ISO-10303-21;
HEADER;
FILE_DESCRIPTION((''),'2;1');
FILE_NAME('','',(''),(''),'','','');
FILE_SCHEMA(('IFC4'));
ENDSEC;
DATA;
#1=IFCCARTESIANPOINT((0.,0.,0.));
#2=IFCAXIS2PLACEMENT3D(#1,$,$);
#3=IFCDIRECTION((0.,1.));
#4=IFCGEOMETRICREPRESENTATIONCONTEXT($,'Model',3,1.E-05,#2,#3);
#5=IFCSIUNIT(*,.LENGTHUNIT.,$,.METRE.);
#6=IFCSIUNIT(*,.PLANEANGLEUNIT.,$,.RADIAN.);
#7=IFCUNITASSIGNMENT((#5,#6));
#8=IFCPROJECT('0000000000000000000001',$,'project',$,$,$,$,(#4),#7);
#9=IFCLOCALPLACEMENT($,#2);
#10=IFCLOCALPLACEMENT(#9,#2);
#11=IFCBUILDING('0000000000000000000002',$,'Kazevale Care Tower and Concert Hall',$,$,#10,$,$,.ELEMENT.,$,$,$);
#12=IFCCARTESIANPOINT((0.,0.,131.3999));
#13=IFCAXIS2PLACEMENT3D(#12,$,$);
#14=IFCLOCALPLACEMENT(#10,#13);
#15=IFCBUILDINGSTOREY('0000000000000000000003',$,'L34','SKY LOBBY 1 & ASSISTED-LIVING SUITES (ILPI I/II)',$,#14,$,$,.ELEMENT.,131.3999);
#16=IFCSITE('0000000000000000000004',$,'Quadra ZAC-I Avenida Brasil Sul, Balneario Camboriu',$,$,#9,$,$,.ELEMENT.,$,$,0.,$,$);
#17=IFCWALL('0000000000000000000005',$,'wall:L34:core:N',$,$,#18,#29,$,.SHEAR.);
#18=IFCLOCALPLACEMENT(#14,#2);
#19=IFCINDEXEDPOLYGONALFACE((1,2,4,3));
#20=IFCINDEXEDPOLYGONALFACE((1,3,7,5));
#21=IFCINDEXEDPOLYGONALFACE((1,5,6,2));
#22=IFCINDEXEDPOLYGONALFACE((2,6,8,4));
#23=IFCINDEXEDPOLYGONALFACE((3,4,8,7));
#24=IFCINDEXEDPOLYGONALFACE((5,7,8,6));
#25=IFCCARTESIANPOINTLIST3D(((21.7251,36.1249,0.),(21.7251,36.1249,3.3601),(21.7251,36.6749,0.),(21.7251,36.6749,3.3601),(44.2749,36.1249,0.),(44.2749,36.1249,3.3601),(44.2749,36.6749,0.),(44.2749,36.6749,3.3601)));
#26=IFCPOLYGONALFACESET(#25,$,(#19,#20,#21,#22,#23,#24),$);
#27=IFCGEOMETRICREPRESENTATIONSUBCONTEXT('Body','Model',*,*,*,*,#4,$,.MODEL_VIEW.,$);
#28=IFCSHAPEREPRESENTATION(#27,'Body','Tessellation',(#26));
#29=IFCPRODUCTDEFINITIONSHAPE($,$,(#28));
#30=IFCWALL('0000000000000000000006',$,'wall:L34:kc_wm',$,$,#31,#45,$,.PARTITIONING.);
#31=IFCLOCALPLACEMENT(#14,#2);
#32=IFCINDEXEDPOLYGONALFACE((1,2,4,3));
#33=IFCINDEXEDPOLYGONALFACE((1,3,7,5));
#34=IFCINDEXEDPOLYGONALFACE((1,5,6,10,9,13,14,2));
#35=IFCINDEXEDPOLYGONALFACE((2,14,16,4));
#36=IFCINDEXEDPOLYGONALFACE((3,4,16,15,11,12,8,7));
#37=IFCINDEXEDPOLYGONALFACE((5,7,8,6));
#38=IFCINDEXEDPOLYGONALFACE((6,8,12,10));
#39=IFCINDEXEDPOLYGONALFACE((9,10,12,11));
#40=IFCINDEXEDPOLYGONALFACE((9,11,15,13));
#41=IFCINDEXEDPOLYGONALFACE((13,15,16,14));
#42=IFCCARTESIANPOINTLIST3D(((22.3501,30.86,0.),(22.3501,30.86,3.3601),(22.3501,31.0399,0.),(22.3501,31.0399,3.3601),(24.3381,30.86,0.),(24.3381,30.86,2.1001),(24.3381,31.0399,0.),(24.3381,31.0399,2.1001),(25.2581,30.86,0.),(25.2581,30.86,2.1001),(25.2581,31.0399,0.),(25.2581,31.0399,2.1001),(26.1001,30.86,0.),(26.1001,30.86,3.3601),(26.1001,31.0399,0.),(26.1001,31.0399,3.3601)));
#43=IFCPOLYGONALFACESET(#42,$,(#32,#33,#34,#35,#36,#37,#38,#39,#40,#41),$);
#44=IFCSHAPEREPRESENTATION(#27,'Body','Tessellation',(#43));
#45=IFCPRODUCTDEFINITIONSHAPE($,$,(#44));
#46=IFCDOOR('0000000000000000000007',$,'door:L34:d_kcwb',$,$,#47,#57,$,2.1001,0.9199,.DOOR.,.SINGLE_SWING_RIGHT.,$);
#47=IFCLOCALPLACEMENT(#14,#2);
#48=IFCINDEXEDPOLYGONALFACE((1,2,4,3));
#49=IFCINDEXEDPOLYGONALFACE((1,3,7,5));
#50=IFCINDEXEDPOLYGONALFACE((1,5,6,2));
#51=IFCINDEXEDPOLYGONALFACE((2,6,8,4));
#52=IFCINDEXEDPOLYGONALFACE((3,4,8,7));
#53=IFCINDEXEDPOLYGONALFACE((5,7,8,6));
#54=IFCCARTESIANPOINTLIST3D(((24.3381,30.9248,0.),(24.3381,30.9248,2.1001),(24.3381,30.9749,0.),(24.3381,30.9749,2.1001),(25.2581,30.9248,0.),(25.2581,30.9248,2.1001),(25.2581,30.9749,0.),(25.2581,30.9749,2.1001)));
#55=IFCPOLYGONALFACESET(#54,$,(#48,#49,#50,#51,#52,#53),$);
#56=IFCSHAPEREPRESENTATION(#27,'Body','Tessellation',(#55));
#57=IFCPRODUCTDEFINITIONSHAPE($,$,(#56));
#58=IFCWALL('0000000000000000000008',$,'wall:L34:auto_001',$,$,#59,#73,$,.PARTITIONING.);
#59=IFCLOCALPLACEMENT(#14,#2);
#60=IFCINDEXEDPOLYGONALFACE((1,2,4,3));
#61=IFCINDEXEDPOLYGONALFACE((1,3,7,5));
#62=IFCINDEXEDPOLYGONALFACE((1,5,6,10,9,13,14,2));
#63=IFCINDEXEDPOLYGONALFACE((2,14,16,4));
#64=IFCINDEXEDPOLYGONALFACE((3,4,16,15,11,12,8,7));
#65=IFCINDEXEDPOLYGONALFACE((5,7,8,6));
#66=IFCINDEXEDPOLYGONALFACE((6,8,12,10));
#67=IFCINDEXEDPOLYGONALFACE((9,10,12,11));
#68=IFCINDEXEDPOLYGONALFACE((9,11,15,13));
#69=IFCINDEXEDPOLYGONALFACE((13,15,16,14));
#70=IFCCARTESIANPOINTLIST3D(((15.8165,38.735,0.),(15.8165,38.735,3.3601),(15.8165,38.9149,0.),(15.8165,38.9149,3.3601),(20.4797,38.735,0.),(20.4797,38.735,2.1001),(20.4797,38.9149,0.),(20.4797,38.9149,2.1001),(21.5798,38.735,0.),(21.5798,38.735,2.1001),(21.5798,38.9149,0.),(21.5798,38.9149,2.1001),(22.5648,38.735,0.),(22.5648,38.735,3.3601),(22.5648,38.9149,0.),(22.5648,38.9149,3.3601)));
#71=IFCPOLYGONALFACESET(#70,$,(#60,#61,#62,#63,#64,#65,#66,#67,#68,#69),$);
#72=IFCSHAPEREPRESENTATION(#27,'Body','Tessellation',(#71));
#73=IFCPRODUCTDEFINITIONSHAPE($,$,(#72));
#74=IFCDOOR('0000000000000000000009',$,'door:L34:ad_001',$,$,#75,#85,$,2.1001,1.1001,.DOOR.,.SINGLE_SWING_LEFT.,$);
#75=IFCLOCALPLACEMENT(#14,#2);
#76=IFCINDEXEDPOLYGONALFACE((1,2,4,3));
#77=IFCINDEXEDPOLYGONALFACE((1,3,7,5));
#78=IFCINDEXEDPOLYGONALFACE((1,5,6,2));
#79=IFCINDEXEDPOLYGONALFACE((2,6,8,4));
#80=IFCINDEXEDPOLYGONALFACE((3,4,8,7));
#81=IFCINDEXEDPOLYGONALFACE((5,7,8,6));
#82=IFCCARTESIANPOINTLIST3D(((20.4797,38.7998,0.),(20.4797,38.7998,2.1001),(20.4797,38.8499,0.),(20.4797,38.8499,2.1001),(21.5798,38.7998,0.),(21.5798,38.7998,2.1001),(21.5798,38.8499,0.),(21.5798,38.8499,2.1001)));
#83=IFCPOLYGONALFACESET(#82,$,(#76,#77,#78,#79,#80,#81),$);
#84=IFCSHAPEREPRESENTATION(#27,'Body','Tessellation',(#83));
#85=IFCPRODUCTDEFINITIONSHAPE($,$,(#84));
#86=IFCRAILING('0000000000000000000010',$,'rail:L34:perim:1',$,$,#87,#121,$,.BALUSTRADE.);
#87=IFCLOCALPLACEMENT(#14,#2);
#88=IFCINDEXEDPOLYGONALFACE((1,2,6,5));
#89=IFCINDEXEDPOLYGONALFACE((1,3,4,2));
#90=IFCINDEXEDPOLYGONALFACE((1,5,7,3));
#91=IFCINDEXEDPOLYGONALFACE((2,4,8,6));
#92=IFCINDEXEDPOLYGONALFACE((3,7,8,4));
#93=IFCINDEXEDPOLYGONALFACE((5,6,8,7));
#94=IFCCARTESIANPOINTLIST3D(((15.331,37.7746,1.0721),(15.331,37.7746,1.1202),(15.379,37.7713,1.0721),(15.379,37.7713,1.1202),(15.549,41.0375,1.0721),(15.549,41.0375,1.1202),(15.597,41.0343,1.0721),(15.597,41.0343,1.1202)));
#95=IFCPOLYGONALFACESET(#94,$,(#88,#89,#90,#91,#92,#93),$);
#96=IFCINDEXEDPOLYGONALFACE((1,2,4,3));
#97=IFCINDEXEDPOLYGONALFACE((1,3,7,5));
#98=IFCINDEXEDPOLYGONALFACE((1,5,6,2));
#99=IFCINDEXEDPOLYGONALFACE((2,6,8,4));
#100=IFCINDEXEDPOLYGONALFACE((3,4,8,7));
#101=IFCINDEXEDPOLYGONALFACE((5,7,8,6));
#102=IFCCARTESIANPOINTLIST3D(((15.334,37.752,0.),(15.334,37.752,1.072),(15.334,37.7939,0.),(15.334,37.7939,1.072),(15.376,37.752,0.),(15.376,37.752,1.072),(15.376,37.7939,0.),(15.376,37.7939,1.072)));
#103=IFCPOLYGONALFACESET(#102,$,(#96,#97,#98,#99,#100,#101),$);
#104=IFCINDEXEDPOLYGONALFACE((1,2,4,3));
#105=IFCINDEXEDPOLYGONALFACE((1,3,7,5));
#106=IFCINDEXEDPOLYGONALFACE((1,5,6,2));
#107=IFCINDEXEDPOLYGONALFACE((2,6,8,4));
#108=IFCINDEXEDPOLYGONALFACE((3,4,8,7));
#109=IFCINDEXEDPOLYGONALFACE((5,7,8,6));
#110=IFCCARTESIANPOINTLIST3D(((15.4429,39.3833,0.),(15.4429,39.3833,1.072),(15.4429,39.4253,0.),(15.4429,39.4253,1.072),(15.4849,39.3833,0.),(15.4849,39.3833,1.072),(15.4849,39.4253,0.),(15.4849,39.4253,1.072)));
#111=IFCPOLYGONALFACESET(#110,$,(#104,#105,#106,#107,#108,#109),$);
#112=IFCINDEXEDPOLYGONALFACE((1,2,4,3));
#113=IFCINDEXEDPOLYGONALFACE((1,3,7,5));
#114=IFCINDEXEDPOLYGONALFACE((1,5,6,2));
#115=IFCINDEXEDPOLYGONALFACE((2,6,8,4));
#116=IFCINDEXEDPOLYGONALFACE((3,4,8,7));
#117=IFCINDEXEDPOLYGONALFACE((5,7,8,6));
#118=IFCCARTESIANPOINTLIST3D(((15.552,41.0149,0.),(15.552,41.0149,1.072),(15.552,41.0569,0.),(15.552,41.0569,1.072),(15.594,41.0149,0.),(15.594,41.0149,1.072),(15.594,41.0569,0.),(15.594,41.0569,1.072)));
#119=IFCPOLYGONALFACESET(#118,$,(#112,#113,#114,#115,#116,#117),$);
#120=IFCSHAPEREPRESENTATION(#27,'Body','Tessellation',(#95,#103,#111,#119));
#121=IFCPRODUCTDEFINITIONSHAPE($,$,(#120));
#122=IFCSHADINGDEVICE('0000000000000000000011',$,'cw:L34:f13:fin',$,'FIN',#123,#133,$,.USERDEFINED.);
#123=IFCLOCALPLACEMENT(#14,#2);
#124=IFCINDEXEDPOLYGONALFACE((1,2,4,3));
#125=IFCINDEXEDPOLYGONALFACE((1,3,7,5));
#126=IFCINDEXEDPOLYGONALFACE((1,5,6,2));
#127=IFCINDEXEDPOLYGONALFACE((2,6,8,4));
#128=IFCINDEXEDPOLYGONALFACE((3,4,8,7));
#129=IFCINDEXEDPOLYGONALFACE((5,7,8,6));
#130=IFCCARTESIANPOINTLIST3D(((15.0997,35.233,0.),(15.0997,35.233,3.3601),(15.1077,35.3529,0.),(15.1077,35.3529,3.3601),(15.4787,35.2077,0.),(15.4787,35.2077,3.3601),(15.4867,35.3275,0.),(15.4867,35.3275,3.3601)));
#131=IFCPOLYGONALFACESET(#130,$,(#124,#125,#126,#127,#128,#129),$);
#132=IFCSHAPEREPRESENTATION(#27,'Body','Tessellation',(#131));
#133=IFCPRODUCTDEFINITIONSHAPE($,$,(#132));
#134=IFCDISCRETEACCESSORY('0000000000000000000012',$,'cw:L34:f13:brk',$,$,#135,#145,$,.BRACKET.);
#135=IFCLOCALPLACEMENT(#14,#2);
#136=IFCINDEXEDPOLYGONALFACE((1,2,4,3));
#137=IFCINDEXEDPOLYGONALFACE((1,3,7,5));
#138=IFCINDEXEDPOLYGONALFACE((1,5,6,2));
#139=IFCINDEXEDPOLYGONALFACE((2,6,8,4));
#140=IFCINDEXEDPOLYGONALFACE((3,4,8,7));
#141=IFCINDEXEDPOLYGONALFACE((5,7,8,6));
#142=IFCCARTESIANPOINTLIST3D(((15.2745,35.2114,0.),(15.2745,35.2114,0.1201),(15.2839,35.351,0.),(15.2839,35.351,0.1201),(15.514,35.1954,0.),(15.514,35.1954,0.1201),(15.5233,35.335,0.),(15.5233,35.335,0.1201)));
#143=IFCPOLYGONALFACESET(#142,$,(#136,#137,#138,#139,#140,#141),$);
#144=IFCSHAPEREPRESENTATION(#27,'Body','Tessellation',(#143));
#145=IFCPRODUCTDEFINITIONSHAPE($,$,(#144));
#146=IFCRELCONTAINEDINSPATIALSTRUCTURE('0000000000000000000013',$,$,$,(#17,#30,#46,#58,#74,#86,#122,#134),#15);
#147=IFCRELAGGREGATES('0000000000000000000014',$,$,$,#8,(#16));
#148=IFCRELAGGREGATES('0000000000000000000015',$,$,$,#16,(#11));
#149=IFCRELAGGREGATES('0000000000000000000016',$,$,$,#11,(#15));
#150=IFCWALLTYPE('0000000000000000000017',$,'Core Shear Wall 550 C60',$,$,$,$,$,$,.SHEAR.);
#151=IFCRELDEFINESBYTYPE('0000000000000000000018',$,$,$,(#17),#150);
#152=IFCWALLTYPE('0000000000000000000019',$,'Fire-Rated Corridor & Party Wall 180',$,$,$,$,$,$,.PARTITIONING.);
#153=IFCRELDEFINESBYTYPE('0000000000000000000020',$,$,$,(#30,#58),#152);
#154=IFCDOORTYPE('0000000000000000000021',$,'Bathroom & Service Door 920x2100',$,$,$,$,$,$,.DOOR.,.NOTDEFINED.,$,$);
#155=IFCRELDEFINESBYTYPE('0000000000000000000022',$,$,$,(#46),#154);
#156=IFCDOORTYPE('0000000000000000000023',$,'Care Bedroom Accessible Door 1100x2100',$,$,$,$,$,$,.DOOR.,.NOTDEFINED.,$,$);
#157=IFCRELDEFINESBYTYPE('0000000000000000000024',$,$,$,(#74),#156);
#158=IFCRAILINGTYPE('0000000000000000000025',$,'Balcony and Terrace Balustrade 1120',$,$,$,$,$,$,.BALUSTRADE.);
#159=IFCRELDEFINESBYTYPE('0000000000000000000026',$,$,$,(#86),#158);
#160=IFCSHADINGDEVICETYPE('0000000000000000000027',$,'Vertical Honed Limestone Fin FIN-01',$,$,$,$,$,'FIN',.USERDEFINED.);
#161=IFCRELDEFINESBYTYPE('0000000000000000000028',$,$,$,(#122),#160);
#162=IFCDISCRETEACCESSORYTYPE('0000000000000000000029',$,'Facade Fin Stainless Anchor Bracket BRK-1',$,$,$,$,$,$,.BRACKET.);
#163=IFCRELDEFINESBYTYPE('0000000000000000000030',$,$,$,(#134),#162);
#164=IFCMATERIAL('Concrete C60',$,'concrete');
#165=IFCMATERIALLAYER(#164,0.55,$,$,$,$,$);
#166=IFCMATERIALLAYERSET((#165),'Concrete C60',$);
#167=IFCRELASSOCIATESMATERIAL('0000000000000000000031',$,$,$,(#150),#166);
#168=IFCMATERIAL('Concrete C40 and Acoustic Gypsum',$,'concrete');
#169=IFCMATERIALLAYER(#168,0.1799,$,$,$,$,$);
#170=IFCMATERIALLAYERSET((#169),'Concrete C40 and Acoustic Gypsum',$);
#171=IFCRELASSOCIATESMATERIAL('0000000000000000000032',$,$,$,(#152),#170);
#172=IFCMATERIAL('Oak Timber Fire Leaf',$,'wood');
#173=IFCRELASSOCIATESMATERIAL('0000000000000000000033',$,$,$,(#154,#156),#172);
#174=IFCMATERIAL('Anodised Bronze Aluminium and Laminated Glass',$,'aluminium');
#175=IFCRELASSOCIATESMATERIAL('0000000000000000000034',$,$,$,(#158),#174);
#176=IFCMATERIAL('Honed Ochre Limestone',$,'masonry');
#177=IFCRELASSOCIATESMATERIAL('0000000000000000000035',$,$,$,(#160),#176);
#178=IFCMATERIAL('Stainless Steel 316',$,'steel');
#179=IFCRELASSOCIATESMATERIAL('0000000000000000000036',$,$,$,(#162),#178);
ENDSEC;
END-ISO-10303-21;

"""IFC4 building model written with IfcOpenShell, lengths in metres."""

from ifc_helpers import new_model, si_unit, direction, frame, frame_2d, origin, origin_2d, place, context, subcontext, project, spatial, rectangle, extrude, material, layer, layer_set, type_object, element, fill, save


model = new_model("IFC4")

# Units and contexts
model_context = context("Model", 3, precision=1e-05, world=origin(), true_north=direction((0.0, 1.0)))
body_context = subcontext(model_context, "Body", "Model", "MODEL_VIEW")
ifc_project = project(units=[si_unit("LENGTHUNIT", "METRE"), si_unit("PLANEANGLEUNIT", "RADIAN")], contexts=[model_context])

# Site, building, storey
site_placement = place(None, origin())
site = spatial("IfcSite", under=ifc_project, at=site_placement, Name="Quadra ZAC-I Avenida Brasil Sul, Balneario Camboriu", CompositionType="ELEMENT", RefElevation=0.0)
building_placement = place(site_placement, origin())
building = spatial("IfcBuilding", under=site, at=building_placement, Name="Kazevale Care Tower and Concert Hall", CompositionType="ELEMENT")
storey_placement = place(building_placement, frame((0.0, 0.0, 131.3999)))
storey = spatial("IfcBuildingStorey", under=building, at=storey_placement, Name="L34", Description="SKY LOBBY 1 & ASSISTED-LIVING SUITES (ILPI I/II)", CompositionType="ELEMENT", Elevation=131.3999)

# Shared definitions
ifc_material_1 = material(Name="Concrete C60", Category="concrete")

# Wall
ifc_layer_1 = layer(ifc_material_1, 0.55)
ifc_layer_set_1 = layer_set([ifc_layer_1], Name="Concrete C60")
wall_type_1 = type_object("IfcWallType", Name="Core Shear Wall 550 C60", PredefinedType="SHEAR", material=ifc_layer_set_1)
wall_1_placement = place(storey_placement, frame((21.7251, 36.3999, 0.0), z_axis=(0.0, 0.0, 1.0), x_axis=(1.0, 0.0, 0.0)))
element("IfcWall", 1, at=wall_1_placement, inside=storey, type_object=wall_type_1, Name="wall:L34:core:N", PredefinedType="SHEAR", context=body_context, shape_type="SweptSolid", body=[
    extrude(rectangle(XDim=22.5498, YDim=0.55, at=frame_2d((11.2749, 0.0))), origin(), (0.0, 0.0, 1.0), 3.3601),
])

# Walls, openings, doors
ifc_material_2 = material(Name="Concrete C40 and Acoustic Gypsum", Category="concrete")
ifc_layer_2 = layer(ifc_material_2, 0.1799)
ifc_layer_set_2 = layer_set([ifc_layer_2], Name="Concrete C40 and Acoustic Gypsum")
wall_type_2 = type_object("IfcWallType", Name="Fire-Rated Corridor & Party Wall 180", PredefinedType="PARTITIONING", material=ifc_layer_set_2)
wall_2_placement = place(storey_placement, frame((22.3501, 30.95, 0.0), z_axis=(0.0, 0.0, 1.0), x_axis=(1.0, 0.0, 0.0)))
wall_2 = element("IfcWall", 2, at=wall_2_placement, inside=storey, type_object=wall_type_2, Name="wall:L34:kc_wm", PredefinedType="PARTITIONING", context=body_context, shape_type="SweptSolid", body=[
    extrude(rectangle(XDim=3.75, YDim=0.1799, at=frame_2d((1.875, 0.0))), origin(), (0.0, 0.0, 1.0), 3.3601),
])
opening_1_placement = place(wall_2_placement, frame((1.988, 0.0, 0.0)))
opening_1 = element("IfcOpeningElement", 3, at=opening_1_placement, cuts=wall_2, PredefinedType="OPENING", context=body_context, shape_type="SweptSolid", body=[
    extrude(rectangle(XDim=0.9199, YDim=2.1001, at=frame_2d((0.46, 1.05))), frame((0.0, 0.0999, 0.0), z_axis=(0.0, -1.0, 0.0), x_axis=(1.0, 0.0, 0.0)), (0.0, 0.0, 1.0), 0.2),
])
ifc_material_3 = material(Name="Oak Timber Fire Leaf", Category="wood")
door_type_1 = type_object("IfcDoorType", Name="Bathroom & Service Door 920x2100", OperationType="NOTDEFINED", PredefinedType="DOOR", material=ifc_material_3)
door_1_placement = place(opening_1_placement, origin())
door_1 = element("IfcDoor", 4, at=door_1_placement, inside=storey, type_object=door_type_1, Name="door:L34:d_kcwb", OperationType="SINGLE_SWING_RIGHT", OverallHeight=2.1001, OverallWidth=0.9199, PredefinedType="DOOR", context=body_context, shape_type="SweptSolid", body=[
    extrude(rectangle(XDim=0.9199, YDim=2.1001, at=frame_2d((0.46, 1.05))), frame((0.0, 0.0249, 0.0), z_axis=(0.0, -1.0, 0.0), x_axis=(1.0, 0.0, 0.0)), (0.0, 0.0, 1.0), 0.05),
])
fill(opening_1, door_1)
wall_3_placement = place(storey_placement, frame((15.8167, 38.825, 0.0), z_axis=(0.0, 0.0, 1.0), x_axis=(1.0, 0.0, 0.0)))
wall_3 = element("IfcWall", 5, at=wall_3_placement, inside=storey, type_object=wall_type_2, Name="wall:L34:auto_001", PredefinedType="PARTITIONING", context=body_context, shape_type="SweptSolid", body=[
    extrude(rectangle(XDim=6.7483, YDim=0.1799, at=frame_2d((3.374, 0.0))), origin(), (0.0, 0.0, 1.0), 3.3601),
])
opening_2_placement = place(wall_3_placement, frame((4.6631, 0.0, 0.0)))
opening_2 = element("IfcOpeningElement", 6, at=opening_2_placement, cuts=wall_3, PredefinedType="OPENING", context=body_context, shape_type="SweptSolid", body=[
    extrude(rectangle(XDim=1.1001, YDim=2.1001, at=frame_2d((0.55, 1.05))), frame((0.0, 0.0999, 0.0), z_axis=(0.0, -1.0, 0.0), x_axis=(1.0, 0.0, 0.0)), (0.0, 0.0, 1.0), 0.2),
])
door_type_2 = type_object("IfcDoorType", Name="Care Bedroom Accessible Door 1100x2100", OperationType="NOTDEFINED", PredefinedType="DOOR", material=ifc_material_3)
door_2_placement = place(opening_2_placement, origin())
door_2 = element("IfcDoor", 7, at=door_2_placement, inside=storey, type_object=door_type_2, Name="door:L34:ad_001", OperationType="SINGLE_SWING_LEFT", OverallHeight=2.1001, OverallWidth=1.1001, PredefinedType="DOOR", context=body_context, shape_type="SweptSolid", body=[
    extrude(rectangle(XDim=1.1001, YDim=2.1001, at=frame_2d((0.55, 1.05))), frame((0.0, 0.0249, 0.0), z_axis=(0.0, -1.0, 0.0), x_axis=(1.0, 0.0, 0.0)), (0.0, 0.0, 1.0), 0.05),
])
fill(opening_2, door_2)

# Railing
ifc_material_4 = material(Name="Anodised Bronze Aluminium and Laminated Glass", Category="aluminium")
railing_type = type_object("IfcRailingType", Name="Balcony and Terrace Balustrade 1120", PredefinedType="BALUSTRADE", material=ifc_material_4)
railing_placement = place(storey_placement, frame((15.355, 37.7729, 0.0)))
element("IfcRailing", 8, at=railing_placement, inside=storey, type_object=railing_type, Name="rail:L34:perim:1", PredefinedType="BALUSTRADE", context=body_context, shape_type="SweptSolid", body=[
    extrude(rectangle(XDim=0.0481, YDim=0.0481, at=origin_2d()), frame((0.0, 0.0, 1.0962), z_axis=(0.066668, 0.997775, 0.0), x_axis=(-0.997775, 0.066668, 0.0)), (0.0, 0.0, 1.0), 3.2703),
    extrude(rectangle(XDim=0.042, YDim=0.042, at=origin_2d()), origin(), (0.0, 0.0, 1.0), 1.072),
    extrude(rectangle(XDim=0.042, YDim=0.042, at=origin_2d()), frame((0.1089, 1.6313, 0.0)), (0.0, 0.0, 1.0), 1.072),
    extrude(rectangle(XDim=0.042, YDim=0.042, at=origin_2d()), frame((0.218, 3.2629, 0.0)), (0.0, 0.0, 1.0), 1.072),
])

# Shading device
ifc_material_5 = material(Name="Honed Ochre Limestone", Category="masonry")
shading_device_type = type_object("IfcShadingDeviceType", Name="Vertical Honed Limestone Fin FIN-01", ElementType="FIN", PredefinedType="USERDEFINED", material=ifc_material_5)
shading_device_placement = place(storey_placement, frame((15.2932, 35.2803, 0.0), z_axis=(0.0, 0.0, 1.0), x_axis=(-0.997778, 0.066622, 0.0)))
element("IfcShadingDevice", 9, at=shading_device_placement, inside=storey, type_object=shading_device_type, Name="cw:L34:f13:fin", ObjectType="FIN", PredefinedType="USERDEFINED", context=body_context, shape_type="SweptSolid", body=[
    extrude(rectangle(XDim=0.3799, YDim=0.1201, at=origin_2d()), origin(), (0.0, 0.0, 1.0), 3.3601),
])

# Discrete accessory
ifc_material_6 = material(Name="Stainless Steel 316", Category="steel")
discrete_accessory_type = type_object("IfcDiscreteAccessoryType", Name="Facade Fin Stainless Anchor Bracket BRK-1", PredefinedType="BRACKET", material=ifc_material_6)
discrete_accessory_placement = place(storey_placement, frame((15.3989, 35.2732, 0.0), z_axis=(0.0, 0.0, 1.0), x_axis=(-0.997778, 0.066622, 0.0)))
element("IfcDiscreteAccessory", 10, at=discrete_accessory_placement, inside=storey, type_object=discrete_accessory_type, Name="cw:L34:f13:brk", PredefinedType="BRACKET", context=body_context, shape_type="SweptSolid", body=[
    extrude(rectangle(XDim=0.24, YDim=0.1399, at=origin_2d()), origin(), (0.0, 0.0, 1.0), 0.1201),
])

save(model, "model.ifc")
